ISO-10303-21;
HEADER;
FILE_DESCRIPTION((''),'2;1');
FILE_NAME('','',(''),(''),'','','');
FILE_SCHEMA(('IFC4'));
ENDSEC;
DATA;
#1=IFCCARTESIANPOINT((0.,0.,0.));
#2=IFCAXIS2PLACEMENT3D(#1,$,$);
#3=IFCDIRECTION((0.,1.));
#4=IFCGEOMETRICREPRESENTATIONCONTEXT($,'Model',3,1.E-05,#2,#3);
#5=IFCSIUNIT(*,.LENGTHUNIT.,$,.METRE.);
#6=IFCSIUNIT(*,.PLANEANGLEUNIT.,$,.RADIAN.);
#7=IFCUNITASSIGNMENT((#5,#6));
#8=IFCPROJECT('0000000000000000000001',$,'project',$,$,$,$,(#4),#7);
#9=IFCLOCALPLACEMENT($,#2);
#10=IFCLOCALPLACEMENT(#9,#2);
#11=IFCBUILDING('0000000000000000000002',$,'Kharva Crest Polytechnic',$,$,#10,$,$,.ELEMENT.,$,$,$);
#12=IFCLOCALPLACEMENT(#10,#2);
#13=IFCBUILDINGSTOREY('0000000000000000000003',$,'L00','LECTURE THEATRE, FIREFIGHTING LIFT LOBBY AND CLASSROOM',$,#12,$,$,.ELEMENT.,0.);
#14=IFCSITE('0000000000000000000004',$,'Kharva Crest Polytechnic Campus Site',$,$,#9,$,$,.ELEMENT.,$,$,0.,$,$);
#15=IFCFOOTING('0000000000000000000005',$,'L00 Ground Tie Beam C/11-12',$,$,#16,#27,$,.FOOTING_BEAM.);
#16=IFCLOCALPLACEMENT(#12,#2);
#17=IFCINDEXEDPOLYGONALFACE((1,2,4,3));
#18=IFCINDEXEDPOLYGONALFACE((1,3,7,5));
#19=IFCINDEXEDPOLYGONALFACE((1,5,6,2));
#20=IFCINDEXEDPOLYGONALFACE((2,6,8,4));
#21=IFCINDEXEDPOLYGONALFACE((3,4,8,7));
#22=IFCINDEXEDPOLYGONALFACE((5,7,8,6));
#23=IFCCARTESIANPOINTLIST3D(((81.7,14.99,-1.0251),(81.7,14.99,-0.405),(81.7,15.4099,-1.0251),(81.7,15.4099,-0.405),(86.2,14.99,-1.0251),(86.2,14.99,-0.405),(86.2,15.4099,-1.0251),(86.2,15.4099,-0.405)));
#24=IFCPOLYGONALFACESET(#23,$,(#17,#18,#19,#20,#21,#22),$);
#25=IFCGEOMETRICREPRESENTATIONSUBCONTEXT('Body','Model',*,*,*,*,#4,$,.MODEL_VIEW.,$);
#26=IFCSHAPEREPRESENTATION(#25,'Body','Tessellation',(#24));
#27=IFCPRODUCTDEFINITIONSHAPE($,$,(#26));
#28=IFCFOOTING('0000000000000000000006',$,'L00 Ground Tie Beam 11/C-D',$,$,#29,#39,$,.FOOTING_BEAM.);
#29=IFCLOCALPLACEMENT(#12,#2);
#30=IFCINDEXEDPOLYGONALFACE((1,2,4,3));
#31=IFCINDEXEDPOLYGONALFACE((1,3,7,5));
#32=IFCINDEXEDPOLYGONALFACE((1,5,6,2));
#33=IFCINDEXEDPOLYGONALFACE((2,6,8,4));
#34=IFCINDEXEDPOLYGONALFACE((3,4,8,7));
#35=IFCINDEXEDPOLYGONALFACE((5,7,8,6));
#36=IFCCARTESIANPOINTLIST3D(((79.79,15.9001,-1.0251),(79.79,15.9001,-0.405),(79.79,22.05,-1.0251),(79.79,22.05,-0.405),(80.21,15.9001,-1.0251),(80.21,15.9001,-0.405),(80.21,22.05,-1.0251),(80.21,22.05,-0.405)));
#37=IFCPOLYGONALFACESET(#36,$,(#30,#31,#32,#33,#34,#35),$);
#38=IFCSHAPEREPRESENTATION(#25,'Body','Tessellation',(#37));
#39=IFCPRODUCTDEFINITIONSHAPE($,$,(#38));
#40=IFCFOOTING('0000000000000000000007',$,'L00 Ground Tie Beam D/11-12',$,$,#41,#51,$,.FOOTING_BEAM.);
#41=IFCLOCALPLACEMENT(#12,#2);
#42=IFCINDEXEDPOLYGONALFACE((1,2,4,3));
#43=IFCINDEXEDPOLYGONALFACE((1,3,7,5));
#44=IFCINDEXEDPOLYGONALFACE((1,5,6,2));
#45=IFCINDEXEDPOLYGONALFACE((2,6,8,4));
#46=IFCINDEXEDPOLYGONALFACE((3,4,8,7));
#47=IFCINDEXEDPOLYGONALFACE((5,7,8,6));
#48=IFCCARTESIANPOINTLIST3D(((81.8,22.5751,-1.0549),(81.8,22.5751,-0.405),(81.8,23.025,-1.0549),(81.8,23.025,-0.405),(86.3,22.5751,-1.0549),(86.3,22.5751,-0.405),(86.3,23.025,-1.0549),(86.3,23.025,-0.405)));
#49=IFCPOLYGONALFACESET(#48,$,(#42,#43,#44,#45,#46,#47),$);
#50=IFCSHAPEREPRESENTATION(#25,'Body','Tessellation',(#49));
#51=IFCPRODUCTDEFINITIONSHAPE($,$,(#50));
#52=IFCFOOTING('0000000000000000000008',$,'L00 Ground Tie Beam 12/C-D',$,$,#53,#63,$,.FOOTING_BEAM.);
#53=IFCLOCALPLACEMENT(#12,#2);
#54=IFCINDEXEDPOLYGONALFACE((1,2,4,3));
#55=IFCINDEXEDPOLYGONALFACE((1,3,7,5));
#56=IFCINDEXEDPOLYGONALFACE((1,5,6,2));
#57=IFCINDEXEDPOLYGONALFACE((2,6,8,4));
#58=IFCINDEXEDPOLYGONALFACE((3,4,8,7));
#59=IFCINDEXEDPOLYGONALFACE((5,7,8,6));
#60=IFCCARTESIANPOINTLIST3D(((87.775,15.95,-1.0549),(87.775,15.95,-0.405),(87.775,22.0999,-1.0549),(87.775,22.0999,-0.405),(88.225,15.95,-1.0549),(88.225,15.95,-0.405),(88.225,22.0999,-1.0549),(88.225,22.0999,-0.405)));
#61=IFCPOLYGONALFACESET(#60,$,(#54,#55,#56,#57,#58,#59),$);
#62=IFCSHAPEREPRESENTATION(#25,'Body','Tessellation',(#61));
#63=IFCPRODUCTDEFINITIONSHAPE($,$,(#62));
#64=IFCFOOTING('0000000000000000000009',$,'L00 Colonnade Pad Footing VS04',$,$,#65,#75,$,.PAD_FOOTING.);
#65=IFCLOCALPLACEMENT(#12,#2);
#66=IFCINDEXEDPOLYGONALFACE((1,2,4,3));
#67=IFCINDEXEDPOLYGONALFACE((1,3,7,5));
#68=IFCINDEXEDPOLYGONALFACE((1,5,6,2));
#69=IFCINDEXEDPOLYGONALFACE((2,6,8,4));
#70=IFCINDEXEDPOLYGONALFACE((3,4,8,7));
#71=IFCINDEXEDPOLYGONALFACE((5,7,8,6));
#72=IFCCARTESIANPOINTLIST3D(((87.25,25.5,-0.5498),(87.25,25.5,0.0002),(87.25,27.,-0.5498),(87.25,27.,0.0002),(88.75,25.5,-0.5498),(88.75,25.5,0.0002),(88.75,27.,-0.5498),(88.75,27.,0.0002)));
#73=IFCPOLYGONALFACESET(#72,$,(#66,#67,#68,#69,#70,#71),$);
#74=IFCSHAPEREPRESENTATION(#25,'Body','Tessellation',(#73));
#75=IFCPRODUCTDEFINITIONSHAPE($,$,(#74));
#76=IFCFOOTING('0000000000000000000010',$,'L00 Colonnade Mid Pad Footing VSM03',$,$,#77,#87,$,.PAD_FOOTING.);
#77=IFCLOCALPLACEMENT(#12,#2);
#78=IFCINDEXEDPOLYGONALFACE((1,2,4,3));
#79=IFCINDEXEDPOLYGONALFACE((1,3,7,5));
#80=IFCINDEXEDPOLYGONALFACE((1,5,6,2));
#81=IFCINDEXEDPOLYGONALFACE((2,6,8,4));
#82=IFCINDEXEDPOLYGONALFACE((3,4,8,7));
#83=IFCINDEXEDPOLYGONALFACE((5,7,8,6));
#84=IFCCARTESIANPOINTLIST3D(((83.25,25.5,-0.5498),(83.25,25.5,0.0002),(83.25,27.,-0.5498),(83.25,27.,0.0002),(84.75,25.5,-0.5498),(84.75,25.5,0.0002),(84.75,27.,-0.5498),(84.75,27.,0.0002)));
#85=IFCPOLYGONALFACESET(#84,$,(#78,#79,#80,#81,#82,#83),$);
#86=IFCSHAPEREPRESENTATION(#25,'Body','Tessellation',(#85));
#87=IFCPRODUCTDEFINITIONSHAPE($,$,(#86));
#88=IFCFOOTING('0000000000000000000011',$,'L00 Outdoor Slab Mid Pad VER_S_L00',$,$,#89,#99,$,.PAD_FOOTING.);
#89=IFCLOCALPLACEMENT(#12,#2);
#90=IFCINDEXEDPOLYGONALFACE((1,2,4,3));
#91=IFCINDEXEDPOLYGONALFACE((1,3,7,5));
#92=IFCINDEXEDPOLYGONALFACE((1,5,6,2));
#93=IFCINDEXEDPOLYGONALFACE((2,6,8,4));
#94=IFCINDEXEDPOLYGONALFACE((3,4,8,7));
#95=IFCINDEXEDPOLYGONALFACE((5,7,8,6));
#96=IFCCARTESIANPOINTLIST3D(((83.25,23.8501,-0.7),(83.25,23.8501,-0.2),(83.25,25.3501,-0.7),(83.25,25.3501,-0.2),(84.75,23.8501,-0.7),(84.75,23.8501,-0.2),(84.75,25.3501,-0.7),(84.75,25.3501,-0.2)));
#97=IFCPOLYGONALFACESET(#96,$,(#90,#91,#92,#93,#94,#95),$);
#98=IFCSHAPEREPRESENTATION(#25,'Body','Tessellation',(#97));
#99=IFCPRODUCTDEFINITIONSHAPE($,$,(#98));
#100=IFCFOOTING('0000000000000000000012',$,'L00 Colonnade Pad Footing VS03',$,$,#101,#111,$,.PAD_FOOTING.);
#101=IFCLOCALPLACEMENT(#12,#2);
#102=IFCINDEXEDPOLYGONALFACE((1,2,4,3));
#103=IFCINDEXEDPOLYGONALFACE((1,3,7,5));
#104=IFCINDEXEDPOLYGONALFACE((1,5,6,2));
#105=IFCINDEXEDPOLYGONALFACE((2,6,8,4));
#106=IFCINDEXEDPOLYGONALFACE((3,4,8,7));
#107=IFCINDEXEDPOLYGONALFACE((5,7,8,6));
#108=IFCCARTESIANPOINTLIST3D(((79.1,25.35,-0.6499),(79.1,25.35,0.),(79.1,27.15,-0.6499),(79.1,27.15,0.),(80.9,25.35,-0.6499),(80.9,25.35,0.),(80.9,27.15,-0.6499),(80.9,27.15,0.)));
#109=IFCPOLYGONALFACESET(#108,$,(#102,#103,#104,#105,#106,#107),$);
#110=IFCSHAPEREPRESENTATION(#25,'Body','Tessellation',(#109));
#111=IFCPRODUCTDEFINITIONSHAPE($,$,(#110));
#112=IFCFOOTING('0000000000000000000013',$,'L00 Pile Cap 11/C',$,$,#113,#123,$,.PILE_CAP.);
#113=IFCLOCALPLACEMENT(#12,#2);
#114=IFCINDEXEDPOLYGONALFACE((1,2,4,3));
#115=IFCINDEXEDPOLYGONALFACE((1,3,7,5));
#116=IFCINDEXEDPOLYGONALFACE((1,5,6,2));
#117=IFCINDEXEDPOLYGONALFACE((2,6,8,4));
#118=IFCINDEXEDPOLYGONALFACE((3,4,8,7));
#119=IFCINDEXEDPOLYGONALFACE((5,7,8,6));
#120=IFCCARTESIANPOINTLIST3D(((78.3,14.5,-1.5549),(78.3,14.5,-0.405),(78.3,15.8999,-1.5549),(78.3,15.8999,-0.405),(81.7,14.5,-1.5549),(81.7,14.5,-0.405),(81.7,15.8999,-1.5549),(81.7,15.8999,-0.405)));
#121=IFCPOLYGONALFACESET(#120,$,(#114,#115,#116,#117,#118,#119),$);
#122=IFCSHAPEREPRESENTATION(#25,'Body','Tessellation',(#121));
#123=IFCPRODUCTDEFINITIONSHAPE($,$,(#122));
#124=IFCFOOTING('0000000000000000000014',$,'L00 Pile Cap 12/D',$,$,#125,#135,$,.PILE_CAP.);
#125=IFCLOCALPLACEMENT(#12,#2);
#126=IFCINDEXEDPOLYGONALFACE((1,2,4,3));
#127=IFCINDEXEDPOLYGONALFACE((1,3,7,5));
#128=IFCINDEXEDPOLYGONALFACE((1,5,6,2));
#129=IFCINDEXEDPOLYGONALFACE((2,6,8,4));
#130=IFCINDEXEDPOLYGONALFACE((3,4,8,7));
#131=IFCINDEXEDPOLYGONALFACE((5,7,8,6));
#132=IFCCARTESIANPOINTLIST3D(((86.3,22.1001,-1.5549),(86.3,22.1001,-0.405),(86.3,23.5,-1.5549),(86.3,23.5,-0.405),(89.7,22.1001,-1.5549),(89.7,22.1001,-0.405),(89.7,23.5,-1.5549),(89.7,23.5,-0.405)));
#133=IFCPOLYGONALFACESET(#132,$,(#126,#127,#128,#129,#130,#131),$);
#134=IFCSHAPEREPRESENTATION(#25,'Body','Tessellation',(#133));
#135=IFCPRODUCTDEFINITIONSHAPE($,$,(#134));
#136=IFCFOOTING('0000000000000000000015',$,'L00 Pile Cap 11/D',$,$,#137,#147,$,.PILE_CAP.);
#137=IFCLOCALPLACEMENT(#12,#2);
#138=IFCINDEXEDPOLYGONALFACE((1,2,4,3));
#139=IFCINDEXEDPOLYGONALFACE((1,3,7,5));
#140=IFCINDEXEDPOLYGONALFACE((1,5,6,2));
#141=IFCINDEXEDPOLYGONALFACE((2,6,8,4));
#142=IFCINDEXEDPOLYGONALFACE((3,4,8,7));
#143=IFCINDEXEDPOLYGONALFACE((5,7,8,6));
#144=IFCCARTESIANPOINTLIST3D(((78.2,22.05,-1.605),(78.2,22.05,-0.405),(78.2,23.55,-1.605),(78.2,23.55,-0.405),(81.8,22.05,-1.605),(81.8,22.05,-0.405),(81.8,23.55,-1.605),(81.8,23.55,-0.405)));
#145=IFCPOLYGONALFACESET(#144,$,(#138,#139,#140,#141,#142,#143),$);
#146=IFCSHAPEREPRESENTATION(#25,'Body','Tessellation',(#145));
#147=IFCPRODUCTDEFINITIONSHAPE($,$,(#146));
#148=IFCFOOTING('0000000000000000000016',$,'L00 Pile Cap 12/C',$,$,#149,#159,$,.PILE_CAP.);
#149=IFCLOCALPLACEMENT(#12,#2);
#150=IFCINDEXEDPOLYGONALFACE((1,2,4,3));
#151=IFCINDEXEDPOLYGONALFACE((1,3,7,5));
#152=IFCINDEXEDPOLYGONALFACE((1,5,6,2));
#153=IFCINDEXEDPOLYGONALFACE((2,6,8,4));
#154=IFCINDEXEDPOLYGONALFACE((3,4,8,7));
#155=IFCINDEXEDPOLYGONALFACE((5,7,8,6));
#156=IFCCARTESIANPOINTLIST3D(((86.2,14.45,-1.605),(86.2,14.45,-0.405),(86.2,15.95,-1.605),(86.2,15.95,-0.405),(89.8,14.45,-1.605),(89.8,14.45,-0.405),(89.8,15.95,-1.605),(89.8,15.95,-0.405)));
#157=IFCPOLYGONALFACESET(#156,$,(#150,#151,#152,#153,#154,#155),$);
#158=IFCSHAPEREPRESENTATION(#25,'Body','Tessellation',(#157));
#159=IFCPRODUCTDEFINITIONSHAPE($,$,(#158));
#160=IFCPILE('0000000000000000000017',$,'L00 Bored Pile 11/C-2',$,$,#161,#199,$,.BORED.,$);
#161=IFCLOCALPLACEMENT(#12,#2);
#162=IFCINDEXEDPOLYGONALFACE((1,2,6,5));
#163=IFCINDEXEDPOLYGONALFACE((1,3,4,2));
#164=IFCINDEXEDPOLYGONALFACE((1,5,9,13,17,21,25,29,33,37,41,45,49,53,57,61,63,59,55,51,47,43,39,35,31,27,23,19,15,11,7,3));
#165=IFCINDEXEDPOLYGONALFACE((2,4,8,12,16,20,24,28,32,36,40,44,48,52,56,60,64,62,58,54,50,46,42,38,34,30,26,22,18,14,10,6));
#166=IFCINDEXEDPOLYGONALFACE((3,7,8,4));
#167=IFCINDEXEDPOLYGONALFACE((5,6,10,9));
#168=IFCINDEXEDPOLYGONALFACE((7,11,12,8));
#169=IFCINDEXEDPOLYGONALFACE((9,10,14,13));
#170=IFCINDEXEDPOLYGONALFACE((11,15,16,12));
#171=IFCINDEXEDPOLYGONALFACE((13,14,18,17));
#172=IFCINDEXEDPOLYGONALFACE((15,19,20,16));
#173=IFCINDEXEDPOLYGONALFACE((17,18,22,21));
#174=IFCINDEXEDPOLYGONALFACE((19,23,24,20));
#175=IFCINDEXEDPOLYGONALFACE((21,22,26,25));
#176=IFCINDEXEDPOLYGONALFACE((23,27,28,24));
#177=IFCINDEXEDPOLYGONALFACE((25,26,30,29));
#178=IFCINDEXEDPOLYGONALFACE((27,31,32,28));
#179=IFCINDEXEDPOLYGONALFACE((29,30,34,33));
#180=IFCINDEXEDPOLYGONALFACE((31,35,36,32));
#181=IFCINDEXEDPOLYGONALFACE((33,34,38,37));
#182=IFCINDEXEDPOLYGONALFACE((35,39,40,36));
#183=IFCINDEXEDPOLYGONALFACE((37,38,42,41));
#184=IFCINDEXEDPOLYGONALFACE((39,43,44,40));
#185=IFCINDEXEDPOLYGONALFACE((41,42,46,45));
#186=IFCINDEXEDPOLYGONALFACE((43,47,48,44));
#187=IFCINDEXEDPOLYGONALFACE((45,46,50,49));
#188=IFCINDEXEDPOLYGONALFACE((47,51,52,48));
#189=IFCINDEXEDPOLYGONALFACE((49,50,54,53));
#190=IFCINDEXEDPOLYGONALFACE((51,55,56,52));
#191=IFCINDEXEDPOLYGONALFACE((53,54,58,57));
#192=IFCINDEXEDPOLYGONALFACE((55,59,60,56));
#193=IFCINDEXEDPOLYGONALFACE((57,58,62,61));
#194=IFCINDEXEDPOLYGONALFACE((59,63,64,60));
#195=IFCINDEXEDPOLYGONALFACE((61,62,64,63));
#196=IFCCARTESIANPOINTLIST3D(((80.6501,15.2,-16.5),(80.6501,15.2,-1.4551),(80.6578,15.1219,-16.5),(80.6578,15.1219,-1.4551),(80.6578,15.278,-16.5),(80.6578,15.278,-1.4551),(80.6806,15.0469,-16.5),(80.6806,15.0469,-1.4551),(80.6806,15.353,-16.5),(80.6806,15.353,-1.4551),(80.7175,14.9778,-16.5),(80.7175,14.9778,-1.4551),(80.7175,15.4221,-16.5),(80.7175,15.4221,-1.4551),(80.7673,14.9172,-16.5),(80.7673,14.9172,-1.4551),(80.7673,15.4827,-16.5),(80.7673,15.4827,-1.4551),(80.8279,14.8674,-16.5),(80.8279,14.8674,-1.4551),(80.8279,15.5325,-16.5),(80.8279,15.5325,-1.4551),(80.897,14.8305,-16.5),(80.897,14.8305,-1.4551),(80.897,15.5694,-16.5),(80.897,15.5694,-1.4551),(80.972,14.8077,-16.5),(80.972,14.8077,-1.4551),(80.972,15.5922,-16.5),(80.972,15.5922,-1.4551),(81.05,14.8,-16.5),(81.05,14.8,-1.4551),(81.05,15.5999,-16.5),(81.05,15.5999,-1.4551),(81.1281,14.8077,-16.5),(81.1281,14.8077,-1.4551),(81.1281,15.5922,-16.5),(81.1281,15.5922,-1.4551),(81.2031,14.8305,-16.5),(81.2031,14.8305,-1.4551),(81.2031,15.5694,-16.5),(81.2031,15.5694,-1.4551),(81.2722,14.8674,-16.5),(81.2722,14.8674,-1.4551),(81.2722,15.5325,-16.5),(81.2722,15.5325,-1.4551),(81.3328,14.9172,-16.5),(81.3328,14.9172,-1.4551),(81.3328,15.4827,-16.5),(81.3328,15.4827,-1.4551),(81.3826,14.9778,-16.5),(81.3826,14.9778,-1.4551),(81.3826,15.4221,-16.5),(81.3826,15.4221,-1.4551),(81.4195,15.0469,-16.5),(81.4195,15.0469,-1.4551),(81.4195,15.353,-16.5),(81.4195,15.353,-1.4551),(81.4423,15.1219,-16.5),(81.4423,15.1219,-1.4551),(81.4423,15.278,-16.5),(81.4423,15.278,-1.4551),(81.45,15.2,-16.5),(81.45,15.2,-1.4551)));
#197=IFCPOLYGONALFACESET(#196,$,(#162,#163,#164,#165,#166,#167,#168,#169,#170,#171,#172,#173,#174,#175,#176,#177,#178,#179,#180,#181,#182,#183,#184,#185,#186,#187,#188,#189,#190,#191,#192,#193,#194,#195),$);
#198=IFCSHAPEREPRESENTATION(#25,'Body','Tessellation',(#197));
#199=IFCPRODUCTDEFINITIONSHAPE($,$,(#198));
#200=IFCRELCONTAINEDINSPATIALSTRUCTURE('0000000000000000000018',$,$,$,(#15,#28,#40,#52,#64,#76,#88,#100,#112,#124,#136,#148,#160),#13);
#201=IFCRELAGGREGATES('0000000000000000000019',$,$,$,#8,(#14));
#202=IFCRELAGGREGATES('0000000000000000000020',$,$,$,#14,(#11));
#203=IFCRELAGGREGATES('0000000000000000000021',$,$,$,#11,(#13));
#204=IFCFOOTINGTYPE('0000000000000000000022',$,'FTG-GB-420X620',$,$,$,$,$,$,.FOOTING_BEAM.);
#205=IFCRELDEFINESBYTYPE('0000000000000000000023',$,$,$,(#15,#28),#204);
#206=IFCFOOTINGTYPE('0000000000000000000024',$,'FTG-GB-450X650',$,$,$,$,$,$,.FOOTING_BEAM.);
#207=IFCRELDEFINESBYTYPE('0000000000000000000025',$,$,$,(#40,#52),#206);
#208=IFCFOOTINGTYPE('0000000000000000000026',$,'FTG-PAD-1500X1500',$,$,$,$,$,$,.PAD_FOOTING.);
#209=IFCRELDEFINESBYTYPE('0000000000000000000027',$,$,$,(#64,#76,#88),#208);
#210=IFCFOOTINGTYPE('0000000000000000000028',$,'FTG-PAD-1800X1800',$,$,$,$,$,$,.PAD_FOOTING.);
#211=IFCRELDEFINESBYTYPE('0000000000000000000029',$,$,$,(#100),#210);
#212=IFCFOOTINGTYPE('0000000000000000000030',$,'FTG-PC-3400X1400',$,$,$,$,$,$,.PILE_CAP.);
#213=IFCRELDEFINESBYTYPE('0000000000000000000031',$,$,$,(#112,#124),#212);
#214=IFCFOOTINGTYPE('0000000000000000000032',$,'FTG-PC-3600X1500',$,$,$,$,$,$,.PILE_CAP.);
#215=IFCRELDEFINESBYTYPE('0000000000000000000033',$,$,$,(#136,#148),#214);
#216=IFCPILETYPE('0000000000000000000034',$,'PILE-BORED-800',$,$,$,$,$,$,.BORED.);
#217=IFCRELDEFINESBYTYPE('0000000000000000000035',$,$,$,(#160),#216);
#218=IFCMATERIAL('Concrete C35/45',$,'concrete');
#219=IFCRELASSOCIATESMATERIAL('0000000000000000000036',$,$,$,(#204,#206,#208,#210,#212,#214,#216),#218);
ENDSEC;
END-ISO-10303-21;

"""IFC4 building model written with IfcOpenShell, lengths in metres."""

from ifc_helpers import new_model, si_unit, direction, frame, origin, origin_2d, place, context, subcontext, project, spatial, rectangle, circle, extrude, material, material_profile, profile_set, type_object, element, save


model = new_model("IFC4")

# Units and contexts
model_context = context("Model", 3, precision=1e-05, world=origin(), true_north=direction((0.0, 1.0)))
body_context = subcontext(model_context, "Body", "Model", "MODEL_VIEW")
ifc_project = project(units=[si_unit("LENGTHUNIT", "METRE"), si_unit("PLANEANGLEUNIT", "RADIAN")], contexts=[model_context])

# Site, building, storey
site_placement = place(None, origin())
site = spatial("IfcSite", under=ifc_project, at=site_placement, Name="Kharva Crest Polytechnic Campus Site", CompositionType="ELEMENT", RefElevation=0.0)
building_placement = place(site_placement, origin())
building = spatial("IfcBuilding", under=site, at=building_placement, Name="Kharva Crest Polytechnic", CompositionType="ELEMENT")
storey_placement = place(building_placement, origin())
storey = spatial("IfcBuildingStorey", under=building, at=storey_placement, Name="L00", Description="LECTURE THEATRE, FIREFIGHTING LIFT LOBBY AND CLASSROOM", CompositionType="ELEMENT", Elevation=0.0)

# Footings
ifc_material_1 = material(Name="Concrete C35/45", Category="concrete")
footing_type_1 = type_object("IfcFootingType", Name="FTG-GB-420X620", PredefinedType="FOOTING_BEAM", material=ifc_material_1)
footing_1_placement = place(storey_placement, frame((83.95, 15.2, -1.0251), z_axis=(0.0, 0.0, 1.0), x_axis=(1.0, 0.0, 0.0)))
element("IfcFooting", 1, at=footing_1_placement, inside=storey, type_object=footing_type_1, Name="L00 Ground Tie Beam C/11-12", PredefinedType="FOOTING_BEAM", context=body_context, shape_type="SweptSolid", body=[
    extrude(rectangle(XDim=4.5, YDim=0.4199, at=origin_2d()), origin(), (0.0, 0.0, 1.0), 0.6201),
])
footing_2_placement = place(storey_placement, frame((80.0, 18.9751, -1.0251), z_axis=(0.0, 0.0, 1.0), x_axis=(0.0, 1.0, 0.0)))
element("IfcFooting", 2, at=footing_2_placement, inside=storey, type_object=footing_type_1, Name="L00 Ground Tie Beam 11/C-D", PredefinedType="FOOTING_BEAM", context=body_context, shape_type="SweptSolid", body=[
    extrude(rectangle(XDim=6.1499, YDim=0.4199, at=origin_2d()), origin(), (0.0, 0.0, 1.0), 0.6201),
])
footing_type_2 = type_object("IfcFootingType", Name="FTG-GB-450X650", PredefinedType="FOOTING_BEAM", material=ifc_material_1)
footing_3_placement = place(storey_placement, frame((84.05, 22.8, -1.0549), z_axis=(0.0, 0.0, 1.0), x_axis=(1.0, 0.0, 0.0)))
element("IfcFooting", 3, at=footing_3_placement, inside=storey, type_object=footing_type_2, Name="L00 Ground Tie Beam D/11-12", PredefinedType="FOOTING_BEAM", context=body_context, shape_type="SweptSolid", body=[
    extrude(rectangle(XDim=4.5, YDim=0.45, at=origin_2d()), origin(), (0.0, 0.0, 1.0), 0.6499),
])
footing_4_placement = place(storey_placement, frame((88.0, 19.0249, -1.0549), z_axis=(0.0, 0.0, 1.0), x_axis=(0.0, 1.0, 0.0)))
element("IfcFooting", 4, at=footing_4_placement, inside=storey, type_object=footing_type_2, Name="L00 Ground Tie Beam 12/C-D", PredefinedType="FOOTING_BEAM", context=body_context, shape_type="SweptSolid", body=[
    extrude(rectangle(XDim=6.1499, YDim=0.45, at=origin_2d()), origin(), (0.0, 0.0, 1.0), 0.6499),
])
footing_type_3 = type_object("IfcFootingType", Name="FTG-PAD-1500X1500", PredefinedType="PAD_FOOTING", material=ifc_material_1)
for number, where, z_axis, x_axis, name in (
    (5, (88.0, 26.25, -0.5498), (0.0, 0.0, 1.0), (1.0, 0.0, 0.0), "L00 Colonnade Pad Footing VS04"),
    (6, (84.0, 26.25, -0.5498), (0.0, 0.0, 1.0), (1.0, 0.0, 0.0), "L00 Colonnade Mid Pad Footing VSM03"),
):
    element("IfcFooting", number, at=place(storey_placement, frame(where, z_axis=z_axis, x_axis=x_axis)), inside=storey, type_object=footing_type_3, Name=name, PredefinedType="PAD_FOOTING", context=body_context, shape_type="SweptSolid", body=[
        extrude(rectangle(XDim=1.5, YDim=1.5, at=origin_2d()), origin(), (0.0, 0.0, 1.0), 0.55),
    ])
footing_5_placement = place(storey_placement, frame((84.0, 24.6001, -0.7), z_axis=(0.0, 0.0, 1.0), x_axis=(1.0, 0.0, 0.0)))
element("IfcFooting", 7, at=footing_5_placement, inside=storey, type_object=footing_type_3, Name="L00 Outdoor Slab Mid Pad VER_S_L00", PredefinedType="PAD_FOOTING", context=body_context, shape_type="SweptSolid", body=[
    extrude(rectangle(XDim=1.5, YDim=1.5, at=origin_2d()), origin(), (0.0, 0.0, 1.0), 0.5),
])
footing_type_4 = type_object("IfcFootingType", Name="FTG-PAD-1800X1800", PredefinedType="PAD_FOOTING", material=ifc_material_1)
footing_6_placement = place(storey_placement, frame((80.0, 26.25, -0.6499), z_axis=(0.0, 0.0, 1.0), x_axis=(1.0, 0.0, 0.0)))
element("IfcFooting", 8, at=footing_6_placement, inside=storey, type_object=footing_type_4, Name="L00 Colonnade Pad Footing VS03", PredefinedType="PAD_FOOTING", context=body_context, shape_type="SweptSolid", body=[
    extrude(rectangle(XDim=1.8, YDim=1.8, at=origin_2d()), origin(), (0.0, 0.0, 1.0), 0.6499),
])
footing_type_5 = type_object("IfcFootingType", Name="FTG-PC-3400X1400", PredefinedType="PILE_CAP", material=ifc_material_1)
for number, where, z_axis, x_axis, name in (
    (9, (80.0, 15.2, -1.5549), (0.0, 0.0, 1.0), (1.0, 0.0, 0.0), "L00 Pile Cap 11/C"),
    (10, (88.0, 22.8, -1.5549), (0.0, 0.0, 1.0), (1.0, 0.0, 0.0), "L00 Pile Cap 12/D"),
):
    element("IfcFooting", number, at=place(storey_placement, frame(where, z_axis=z_axis, x_axis=x_axis)), inside=storey, type_object=footing_type_5, Name=name, PredefinedType="PILE_CAP", context=body_context, shape_type="SweptSolid", body=[
        extrude(rectangle(XDim=3.3999, YDim=1.3999, at=origin_2d()), origin(), (0.0, 0.0, 1.0), 1.1499),
    ])
footing_type_6 = type_object("IfcFootingType", Name="FTG-PC-3600X1500", PredefinedType="PILE_CAP", material=ifc_material_1)
for number, where, z_axis, x_axis, name in (
    (11, (80.0, 22.8, -1.605), (0.0, 0.0, 1.0), (1.0, 0.0, 0.0), "L00 Pile Cap 11/D"),
    (12, (88.0, 15.2, -1.605), (0.0, 0.0, 1.0), (1.0, 0.0, 0.0), "L00 Pile Cap 12/C"),
):
    element("IfcFooting", number, at=place(storey_placement, frame(where, z_axis=z_axis, x_axis=x_axis)), inside=storey, type_object=footing_type_6, Name=name, PredefinedType="PILE_CAP", context=body_context, shape_type="SweptSolid", body=[
        extrude(rectangle(XDim=3.6001, YDim=1.5, at=origin_2d()), origin(), (0.0, 0.0, 1.0), 1.2),
    ])

# Pile
ifc_material_profile_1 = material_profile(ifc_material_1, circle(Radius=0.3999, at=origin_2d()), Name="DIA 800")
ifc_profile_set_1 = profile_set([ifc_material_profile_1], Name="Concrete C35/45")
pile_type_1 = type_object("IfcPileType", Name="PILE-BORED-800", PredefinedType="BORED", material=ifc_profile_set_1)
for number, where, z_axis, x_axis, name in (
    (13, (81.05, 15.2, -1.4551), (0.0, 0.0, -1.0), (1.0, 0.0, 0.0), "L00 Bored Pile 11/C-2"),
):
    element("IfcPile", number, at=place(storey_placement, frame(where, z_axis=z_axis, x_axis=x_axis)), inside=storey, type_object=pile_type_1, Name=name, PredefinedType="BORED", context=body_context, shape_type="SweptSolid", body=[
        extrude(circle(Radius=0.3999, at=origin_2d()), origin(), (0.0, 0.0, 1.0), 15.0449),
    ])

save(model, "model.ifc")
